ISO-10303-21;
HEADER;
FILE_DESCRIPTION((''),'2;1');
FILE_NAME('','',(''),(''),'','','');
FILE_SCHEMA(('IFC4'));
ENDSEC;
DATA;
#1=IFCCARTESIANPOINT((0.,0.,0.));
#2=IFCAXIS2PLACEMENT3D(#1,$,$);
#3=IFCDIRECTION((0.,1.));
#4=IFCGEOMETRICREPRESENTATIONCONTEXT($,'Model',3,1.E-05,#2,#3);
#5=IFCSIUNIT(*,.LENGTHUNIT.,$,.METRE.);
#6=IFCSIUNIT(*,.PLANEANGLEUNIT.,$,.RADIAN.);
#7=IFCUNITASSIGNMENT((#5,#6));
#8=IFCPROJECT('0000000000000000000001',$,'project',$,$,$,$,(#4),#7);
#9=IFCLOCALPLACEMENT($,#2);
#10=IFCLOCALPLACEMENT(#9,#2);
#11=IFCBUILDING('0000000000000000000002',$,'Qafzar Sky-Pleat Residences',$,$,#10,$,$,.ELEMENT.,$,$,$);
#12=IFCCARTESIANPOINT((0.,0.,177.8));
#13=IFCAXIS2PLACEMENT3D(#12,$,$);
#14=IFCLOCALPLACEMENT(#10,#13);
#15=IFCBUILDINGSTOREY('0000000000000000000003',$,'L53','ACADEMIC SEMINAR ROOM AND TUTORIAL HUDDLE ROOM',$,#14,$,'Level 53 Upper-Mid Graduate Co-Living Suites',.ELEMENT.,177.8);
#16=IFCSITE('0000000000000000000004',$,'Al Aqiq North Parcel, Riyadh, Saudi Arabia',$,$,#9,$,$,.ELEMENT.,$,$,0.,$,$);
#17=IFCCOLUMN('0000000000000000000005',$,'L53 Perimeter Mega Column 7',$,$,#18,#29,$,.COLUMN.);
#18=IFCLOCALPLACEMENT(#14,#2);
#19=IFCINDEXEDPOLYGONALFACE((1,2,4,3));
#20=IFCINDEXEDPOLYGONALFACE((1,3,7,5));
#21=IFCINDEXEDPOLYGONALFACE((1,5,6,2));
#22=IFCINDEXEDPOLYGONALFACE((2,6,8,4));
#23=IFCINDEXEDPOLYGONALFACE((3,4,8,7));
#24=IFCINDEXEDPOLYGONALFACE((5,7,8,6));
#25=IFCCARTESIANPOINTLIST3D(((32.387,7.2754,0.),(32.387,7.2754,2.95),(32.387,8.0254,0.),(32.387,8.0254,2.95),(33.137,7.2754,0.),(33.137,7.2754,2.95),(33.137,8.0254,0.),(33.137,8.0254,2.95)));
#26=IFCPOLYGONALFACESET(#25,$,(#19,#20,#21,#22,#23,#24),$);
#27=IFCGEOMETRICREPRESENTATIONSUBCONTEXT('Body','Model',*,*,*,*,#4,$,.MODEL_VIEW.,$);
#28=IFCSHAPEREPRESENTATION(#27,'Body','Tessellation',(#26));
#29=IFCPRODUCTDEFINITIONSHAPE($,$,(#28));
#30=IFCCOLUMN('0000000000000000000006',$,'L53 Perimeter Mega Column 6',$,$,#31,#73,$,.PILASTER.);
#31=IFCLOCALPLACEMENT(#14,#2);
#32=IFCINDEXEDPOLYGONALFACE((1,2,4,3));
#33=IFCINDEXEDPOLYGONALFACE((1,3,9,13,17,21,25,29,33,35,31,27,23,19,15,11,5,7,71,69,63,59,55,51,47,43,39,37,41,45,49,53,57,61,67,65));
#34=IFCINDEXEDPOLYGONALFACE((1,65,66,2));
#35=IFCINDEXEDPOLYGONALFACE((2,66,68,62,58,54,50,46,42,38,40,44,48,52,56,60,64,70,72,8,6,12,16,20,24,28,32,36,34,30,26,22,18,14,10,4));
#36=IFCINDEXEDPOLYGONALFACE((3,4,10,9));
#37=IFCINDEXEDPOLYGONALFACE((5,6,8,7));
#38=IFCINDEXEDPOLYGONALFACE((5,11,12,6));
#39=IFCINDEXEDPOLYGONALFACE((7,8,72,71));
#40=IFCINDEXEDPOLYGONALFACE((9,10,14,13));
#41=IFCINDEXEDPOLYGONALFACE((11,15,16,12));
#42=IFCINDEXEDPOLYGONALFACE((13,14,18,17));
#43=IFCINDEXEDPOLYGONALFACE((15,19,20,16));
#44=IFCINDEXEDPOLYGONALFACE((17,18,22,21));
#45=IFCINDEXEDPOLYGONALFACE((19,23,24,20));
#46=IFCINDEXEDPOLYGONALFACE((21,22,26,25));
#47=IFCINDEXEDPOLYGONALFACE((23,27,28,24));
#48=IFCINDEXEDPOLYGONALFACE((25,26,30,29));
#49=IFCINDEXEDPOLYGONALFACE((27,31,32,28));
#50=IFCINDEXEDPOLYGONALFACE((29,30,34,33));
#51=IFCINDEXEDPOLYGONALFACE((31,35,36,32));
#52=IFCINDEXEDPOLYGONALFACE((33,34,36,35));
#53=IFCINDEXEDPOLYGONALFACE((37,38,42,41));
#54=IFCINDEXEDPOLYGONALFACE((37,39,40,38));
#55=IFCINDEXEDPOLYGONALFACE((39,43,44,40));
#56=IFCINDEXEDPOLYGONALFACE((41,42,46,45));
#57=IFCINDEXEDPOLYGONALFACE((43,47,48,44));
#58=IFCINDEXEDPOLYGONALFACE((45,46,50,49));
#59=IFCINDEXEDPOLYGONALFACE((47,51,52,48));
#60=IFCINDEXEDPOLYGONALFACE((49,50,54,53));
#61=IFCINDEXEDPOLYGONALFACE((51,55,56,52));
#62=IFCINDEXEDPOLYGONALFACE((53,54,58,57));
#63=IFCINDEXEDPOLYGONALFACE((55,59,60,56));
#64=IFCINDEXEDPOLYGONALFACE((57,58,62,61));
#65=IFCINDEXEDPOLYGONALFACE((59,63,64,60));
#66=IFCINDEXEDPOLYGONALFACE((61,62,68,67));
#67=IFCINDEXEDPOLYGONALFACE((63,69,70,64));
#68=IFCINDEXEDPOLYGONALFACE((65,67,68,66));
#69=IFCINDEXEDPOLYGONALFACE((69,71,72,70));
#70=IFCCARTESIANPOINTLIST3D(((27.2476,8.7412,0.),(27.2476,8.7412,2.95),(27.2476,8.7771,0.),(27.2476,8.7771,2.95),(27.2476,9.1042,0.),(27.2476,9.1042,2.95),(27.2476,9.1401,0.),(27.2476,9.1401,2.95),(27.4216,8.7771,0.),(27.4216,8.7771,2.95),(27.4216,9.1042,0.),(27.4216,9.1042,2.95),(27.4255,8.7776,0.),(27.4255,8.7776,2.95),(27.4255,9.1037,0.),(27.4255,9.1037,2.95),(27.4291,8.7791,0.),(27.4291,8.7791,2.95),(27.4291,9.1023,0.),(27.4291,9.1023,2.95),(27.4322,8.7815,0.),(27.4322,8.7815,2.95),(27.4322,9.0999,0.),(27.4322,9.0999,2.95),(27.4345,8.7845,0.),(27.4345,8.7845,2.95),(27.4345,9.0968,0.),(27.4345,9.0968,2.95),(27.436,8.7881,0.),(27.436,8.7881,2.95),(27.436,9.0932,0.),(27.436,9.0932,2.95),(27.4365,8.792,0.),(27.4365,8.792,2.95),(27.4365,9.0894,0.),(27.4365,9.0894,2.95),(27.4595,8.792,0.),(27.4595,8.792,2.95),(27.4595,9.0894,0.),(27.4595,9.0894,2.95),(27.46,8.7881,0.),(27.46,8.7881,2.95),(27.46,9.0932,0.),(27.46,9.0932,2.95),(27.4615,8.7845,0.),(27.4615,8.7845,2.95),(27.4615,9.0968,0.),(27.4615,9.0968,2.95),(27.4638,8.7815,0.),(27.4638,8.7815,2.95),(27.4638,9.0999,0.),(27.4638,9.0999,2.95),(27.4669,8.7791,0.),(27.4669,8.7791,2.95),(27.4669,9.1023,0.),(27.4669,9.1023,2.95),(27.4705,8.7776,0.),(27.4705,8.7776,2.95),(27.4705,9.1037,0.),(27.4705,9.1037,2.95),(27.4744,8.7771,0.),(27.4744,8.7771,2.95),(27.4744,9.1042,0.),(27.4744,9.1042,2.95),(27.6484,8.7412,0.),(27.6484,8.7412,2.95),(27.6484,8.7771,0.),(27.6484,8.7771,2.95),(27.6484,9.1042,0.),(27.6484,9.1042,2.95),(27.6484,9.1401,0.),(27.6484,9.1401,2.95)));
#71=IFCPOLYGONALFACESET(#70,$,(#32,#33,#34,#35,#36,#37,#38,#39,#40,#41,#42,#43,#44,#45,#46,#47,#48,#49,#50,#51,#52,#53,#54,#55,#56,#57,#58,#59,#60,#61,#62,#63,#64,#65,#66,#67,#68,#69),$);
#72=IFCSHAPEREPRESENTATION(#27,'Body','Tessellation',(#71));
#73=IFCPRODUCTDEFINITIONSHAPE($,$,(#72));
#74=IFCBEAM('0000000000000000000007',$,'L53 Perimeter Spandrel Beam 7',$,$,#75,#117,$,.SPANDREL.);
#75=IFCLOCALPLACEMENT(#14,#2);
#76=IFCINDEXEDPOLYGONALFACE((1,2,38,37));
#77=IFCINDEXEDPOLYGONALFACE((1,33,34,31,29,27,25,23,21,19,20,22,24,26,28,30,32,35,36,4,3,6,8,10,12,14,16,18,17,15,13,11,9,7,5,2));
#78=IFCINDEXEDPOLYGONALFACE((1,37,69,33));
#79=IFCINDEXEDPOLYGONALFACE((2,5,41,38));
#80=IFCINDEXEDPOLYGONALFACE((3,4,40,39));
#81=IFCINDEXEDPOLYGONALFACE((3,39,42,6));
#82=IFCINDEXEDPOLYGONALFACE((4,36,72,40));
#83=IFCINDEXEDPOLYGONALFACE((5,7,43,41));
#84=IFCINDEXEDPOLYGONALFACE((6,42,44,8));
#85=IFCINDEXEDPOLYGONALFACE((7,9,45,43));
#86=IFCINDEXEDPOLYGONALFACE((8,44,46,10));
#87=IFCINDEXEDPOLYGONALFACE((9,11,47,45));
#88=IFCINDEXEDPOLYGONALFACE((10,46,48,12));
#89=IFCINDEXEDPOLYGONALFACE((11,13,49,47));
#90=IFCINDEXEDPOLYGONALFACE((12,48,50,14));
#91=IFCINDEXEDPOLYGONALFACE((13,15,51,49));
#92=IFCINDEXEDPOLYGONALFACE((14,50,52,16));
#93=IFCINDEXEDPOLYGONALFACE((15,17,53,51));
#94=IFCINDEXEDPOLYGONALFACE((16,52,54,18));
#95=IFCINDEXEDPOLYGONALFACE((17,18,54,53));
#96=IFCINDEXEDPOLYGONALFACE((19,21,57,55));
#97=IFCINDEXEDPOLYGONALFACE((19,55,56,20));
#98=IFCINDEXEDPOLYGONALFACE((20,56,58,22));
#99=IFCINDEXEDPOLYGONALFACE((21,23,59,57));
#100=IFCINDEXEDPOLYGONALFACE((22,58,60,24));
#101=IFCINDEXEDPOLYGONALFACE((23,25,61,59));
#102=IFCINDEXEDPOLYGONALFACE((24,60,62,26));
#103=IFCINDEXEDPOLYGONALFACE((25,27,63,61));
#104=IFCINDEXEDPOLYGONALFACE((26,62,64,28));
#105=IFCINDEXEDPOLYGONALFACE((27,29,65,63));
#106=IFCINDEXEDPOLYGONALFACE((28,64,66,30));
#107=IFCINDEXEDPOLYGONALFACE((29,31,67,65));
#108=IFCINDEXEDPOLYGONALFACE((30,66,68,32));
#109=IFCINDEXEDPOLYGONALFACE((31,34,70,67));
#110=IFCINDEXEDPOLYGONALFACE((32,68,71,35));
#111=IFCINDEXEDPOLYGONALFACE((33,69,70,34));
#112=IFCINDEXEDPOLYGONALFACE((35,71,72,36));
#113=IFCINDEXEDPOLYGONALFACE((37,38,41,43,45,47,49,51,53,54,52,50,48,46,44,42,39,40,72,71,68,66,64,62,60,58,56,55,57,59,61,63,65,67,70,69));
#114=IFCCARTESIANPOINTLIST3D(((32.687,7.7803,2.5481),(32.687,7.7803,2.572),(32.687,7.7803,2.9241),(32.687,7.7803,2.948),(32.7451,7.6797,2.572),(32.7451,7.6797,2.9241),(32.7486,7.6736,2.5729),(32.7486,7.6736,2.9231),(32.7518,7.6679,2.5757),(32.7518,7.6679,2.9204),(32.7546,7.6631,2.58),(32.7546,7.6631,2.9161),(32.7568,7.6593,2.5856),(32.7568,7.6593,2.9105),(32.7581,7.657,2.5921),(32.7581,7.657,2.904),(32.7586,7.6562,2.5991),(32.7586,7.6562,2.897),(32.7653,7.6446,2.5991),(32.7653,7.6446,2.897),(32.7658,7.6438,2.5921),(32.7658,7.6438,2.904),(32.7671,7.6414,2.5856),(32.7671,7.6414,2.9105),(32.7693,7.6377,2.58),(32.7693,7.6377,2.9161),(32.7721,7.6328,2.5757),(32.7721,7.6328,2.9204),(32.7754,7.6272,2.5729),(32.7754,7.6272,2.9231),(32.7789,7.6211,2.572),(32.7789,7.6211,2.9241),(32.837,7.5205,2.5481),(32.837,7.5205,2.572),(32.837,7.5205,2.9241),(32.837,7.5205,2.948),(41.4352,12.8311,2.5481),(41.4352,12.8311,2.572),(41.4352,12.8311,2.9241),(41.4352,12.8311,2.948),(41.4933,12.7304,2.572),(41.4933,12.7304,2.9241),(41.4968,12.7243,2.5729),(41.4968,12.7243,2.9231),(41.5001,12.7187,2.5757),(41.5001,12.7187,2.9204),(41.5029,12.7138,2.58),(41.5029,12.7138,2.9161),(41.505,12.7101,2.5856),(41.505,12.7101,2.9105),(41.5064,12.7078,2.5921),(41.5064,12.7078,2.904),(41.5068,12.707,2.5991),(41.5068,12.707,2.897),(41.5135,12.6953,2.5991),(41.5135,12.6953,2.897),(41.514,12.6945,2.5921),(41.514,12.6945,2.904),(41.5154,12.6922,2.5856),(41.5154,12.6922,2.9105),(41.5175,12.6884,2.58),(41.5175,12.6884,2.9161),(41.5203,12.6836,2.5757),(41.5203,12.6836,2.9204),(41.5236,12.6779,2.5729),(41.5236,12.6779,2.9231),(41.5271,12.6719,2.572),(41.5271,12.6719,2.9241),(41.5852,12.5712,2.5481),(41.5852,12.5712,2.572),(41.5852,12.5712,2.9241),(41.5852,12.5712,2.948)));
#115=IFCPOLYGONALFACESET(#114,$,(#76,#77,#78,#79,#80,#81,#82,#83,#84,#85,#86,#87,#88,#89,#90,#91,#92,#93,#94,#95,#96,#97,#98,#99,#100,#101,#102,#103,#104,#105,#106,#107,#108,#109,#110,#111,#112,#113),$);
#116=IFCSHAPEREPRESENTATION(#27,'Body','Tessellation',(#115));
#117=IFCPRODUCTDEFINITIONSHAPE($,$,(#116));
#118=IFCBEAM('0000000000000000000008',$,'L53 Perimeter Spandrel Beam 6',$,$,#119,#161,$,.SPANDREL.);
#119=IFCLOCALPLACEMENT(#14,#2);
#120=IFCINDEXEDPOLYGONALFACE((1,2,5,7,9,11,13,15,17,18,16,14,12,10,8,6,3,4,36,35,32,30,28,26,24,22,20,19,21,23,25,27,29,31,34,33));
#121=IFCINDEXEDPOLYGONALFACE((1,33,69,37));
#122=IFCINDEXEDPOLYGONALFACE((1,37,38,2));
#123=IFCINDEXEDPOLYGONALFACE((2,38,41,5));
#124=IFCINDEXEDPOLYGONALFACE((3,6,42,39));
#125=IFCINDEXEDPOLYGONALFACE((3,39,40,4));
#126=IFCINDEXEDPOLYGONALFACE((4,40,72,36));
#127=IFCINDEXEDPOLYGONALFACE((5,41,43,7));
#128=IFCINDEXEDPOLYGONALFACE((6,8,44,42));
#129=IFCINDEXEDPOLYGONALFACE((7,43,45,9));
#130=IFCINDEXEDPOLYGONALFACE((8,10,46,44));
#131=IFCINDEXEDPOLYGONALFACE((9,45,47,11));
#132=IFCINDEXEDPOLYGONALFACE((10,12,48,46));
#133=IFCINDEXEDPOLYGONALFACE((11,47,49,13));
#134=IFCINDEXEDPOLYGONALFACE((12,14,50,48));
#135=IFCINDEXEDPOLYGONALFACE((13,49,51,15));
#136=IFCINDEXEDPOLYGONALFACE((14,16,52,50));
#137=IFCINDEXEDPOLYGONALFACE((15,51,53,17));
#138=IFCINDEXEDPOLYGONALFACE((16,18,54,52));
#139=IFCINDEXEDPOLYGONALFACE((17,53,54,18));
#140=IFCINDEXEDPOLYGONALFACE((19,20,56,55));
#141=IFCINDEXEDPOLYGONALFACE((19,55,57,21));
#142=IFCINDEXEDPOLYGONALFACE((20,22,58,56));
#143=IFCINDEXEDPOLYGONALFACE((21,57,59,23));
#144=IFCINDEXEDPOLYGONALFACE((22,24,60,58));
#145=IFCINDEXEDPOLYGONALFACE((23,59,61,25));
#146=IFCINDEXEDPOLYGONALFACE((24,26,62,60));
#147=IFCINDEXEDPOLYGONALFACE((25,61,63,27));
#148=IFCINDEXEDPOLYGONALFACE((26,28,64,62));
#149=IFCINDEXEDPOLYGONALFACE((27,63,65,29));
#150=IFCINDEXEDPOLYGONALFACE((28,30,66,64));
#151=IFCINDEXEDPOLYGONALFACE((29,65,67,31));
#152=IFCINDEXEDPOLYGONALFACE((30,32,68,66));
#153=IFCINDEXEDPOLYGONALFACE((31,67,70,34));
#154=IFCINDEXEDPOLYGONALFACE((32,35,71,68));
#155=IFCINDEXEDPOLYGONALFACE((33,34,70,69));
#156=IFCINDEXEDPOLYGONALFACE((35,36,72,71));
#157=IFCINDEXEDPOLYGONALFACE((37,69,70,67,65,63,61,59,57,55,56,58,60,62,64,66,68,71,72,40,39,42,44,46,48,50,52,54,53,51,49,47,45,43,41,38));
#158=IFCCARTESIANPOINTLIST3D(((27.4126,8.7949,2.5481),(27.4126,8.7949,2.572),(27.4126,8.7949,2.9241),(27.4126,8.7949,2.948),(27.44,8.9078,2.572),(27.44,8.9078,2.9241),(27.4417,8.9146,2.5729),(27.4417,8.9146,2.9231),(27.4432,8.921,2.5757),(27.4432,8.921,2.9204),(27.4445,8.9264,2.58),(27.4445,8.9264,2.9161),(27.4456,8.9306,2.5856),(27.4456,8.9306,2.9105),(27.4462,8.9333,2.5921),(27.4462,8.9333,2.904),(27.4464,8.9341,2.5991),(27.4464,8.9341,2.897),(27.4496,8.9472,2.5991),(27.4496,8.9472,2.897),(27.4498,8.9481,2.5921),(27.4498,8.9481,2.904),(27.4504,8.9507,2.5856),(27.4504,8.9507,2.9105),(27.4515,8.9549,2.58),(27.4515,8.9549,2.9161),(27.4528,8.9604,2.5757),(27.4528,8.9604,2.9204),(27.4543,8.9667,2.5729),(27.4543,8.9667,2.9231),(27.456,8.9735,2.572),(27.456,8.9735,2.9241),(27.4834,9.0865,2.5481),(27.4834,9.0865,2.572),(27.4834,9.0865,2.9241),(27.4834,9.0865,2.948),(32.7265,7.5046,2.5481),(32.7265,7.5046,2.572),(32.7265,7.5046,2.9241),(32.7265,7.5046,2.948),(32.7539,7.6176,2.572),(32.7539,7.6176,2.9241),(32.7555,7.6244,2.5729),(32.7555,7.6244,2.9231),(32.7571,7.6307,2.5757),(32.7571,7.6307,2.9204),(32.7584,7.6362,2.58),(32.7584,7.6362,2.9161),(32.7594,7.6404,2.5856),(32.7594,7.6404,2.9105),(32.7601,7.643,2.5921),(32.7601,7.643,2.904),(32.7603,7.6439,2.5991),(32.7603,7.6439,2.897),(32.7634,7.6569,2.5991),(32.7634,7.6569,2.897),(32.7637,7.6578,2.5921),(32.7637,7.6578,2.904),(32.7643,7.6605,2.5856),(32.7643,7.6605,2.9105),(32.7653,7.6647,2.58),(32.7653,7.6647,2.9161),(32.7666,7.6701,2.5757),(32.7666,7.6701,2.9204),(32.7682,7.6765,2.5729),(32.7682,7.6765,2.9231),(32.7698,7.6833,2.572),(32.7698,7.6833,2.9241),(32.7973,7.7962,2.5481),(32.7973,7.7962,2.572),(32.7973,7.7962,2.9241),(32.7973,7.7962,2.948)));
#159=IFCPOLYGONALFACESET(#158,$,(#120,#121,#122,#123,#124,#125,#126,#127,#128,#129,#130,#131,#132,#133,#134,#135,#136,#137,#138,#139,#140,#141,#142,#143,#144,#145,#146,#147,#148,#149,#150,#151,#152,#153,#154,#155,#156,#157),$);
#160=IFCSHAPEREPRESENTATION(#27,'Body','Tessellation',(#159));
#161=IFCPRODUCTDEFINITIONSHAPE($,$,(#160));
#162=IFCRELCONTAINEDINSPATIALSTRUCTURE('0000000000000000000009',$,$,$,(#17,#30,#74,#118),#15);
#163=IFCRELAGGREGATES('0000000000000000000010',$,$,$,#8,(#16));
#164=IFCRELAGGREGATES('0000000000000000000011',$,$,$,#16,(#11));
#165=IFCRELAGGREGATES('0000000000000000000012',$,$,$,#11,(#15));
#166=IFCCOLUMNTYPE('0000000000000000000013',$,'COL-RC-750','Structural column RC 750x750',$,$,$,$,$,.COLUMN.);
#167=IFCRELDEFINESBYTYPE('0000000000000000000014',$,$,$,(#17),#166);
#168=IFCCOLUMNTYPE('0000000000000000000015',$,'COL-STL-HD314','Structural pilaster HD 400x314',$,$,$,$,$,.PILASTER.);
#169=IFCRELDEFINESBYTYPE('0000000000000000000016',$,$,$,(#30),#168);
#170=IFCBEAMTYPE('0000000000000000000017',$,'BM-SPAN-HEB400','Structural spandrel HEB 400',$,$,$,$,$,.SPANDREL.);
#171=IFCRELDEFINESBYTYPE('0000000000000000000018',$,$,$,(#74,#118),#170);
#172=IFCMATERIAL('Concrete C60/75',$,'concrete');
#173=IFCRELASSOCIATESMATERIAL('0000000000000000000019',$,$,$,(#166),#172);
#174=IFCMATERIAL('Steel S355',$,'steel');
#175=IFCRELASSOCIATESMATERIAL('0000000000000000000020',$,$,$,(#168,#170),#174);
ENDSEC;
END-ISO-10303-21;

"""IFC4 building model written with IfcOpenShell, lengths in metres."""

from ifc_helpers import new_model, si_unit, direction, frame, origin, origin_2d, place, context, subcontext, project, spatial, rectangle, i_section, extrude, source, transform, mapped, material, material_profile, profile_set, type_object, element, save


model = new_model("IFC4")

# Units and contexts
model_context = context("Model", 3, precision=1e-05, world=origin(), true_north=direction((0.0, 1.0)))
body_context = subcontext(model_context, "Body", "Model", "MODEL_VIEW")
ifc_project = project(units=[si_unit("LENGTHUNIT", "METRE"), si_unit("PLANEANGLEUNIT", "RADIAN")], contexts=[model_context])

# Site, building, storey
site_placement = place(None, origin())
site = spatial("IfcSite", under=ifc_project, at=site_placement, Name="Al Aqiq North Parcel, Riyadh, Saudi Arabia", CompositionType="ELEMENT", RefElevation=0.0)
building_placement = place(site_placement, origin())
building = spatial("IfcBuilding", under=site, at=building_placement, Name="Qafzar Sky-Pleat Residences", CompositionType="ELEMENT")
storey_placement = place(building_placement, frame((0.0, 0.0, 177.8)))
storey = spatial("IfcBuildingStorey", under=building, at=storey_placement, Name="L53", Description="ACADEMIC SEMINAR ROOM AND TUTORIAL HUDDLE ROOM", LongName="Level 53 Upper-Mid Graduate Co-Living Suites", CompositionType="ELEMENT", Elevation=177.8)

# Columns
ifc_material_1 = material(Name="Concrete C60/75", Category="concrete")
ifc_material_profile_1 = material_profile(ifc_material_1, rectangle(XDim=0.75, YDim=0.75, at=origin_2d()), Name="RC 750x750")
ifc_profile_set_1 = profile_set([ifc_material_profile_1], Name="Concrete C60/75")
column_type_1 = type_object("IfcColumnType", Name="COL-RC-750", Description="Structural column RC 750x750", PredefinedType="COLUMN", material=ifc_profile_set_1)
shared_shape_1 = source(origin(), body_context, "Body", "SweptSolid", [
    extrude(rectangle(XDim=0.75, YDim=0.75, at=origin_2d()), origin(), (0.0, 0.0, 1.0), 2.95),
])
column_1_placement = place(storey_placement, frame((32.762, 7.6504, 0.0), z_axis=(0.0, 0.0, 1.0), x_axis=(1.0, 0.0, 0.0)))
element("IfcColumn", 1, at=column_1_placement, inside=storey, type_object=column_type_1, Name="L53 Perimeter Mega Column 7", PredefinedType="COLUMN", context=body_context, shape_type="MappedRepresentation", body=[
    mapped(shared_shape_1, transform((0.0, 0.0, 0.0), x_axis=(1.0, 0.0, 0.0), y_axis=(0.0, 1.0, 0.0), z_axis=(0.0, 0.0, 1.0), scale=1.0)),
])
ifc_material_2 = material(Name="Steel S355", Category="steel")
ifc_material_profile_2 = material_profile(ifc_material_2, i_section(OverallWidth=0.4009, OverallDepth=0.3989, WebThickness=0.0229, FlangeThickness=0.0359, FilletRadius=0.0149, at=origin_2d()), Name="HD 400x314")
ifc_profile_set_2 = profile_set([ifc_material_profile_2], Name="Steel S355")
column_type_2 = type_object("IfcColumnType", Name="COL-STL-HD314", Description="Structural pilaster HD 400x314", PredefinedType="PILASTER", material=ifc_profile_set_2)
shared_shape_2 = source(origin(), body_context, "Body", "SweptSolid", [
    extrude(i_section(OverallWidth=0.4009, OverallDepth=0.3989, WebThickness=0.0229, FlangeThickness=0.0359, FilletRadius=0.0149, at=origin_2d()), origin(), (0.0, 0.0, 1.0), 2.95),
])
column_2_placement = place(storey_placement, frame((27.448, 8.9407, 0.0), z_axis=(0.0, 0.0, 1.0), x_axis=(1.0, 0.0, 0.0)))
element("IfcColumn", 2, at=column_2_placement, inside=storey, type_object=column_type_2, Name="L53 Perimeter Mega Column 6", PredefinedType="PILASTER", context=body_context, shape_type="MappedRepresentation", body=[
    mapped(shared_shape_2, transform((0.0, 0.0, 0.0), x_axis=(1.0, 0.0, 0.0), y_axis=(0.0, 1.0, 0.0), z_axis=(0.0, 0.0, 1.0), scale=1.0)),
])

# Beams
ifc_material_profile_3 = material_profile(ifc_material_2, i_section(OverallWidth=0.3, OverallDepth=0.3999, WebThickness=0.0134, FlangeThickness=0.0239, FilletRadius=0.0271, at=origin_2d()), Name="HEB 400")
ifc_profile_set_3 = profile_set([ifc_material_profile_3], Name="Steel S355")
beam_type_1 = type_object("IfcBeamType", Name="BM-SPAN-HEB400", Description="Structural spandrel HEB 400", PredefinedType="SPANDREL", material=ifc_profile_set_3)
shared_shape_3 = source(origin(), body_context, "Body", "SweptSolid", [
    extrude(i_section(OverallWidth=0.3, OverallDepth=0.3999, WebThickness=0.0134, FlangeThickness=0.0239, FilletRadius=0.0271, at=origin_2d()), origin(), (0.0, 0.0, 1.0), 10.1016),
])
beam_1_placement = place(storey_placement, frame((32.762, 7.6504, 2.748), z_axis=(0.866027, 0.499997, 0.0), x_axis=(-0.499997, 0.866027, 0.0)))
element("IfcBeam", 3, at=beam_1_placement, inside=storey, type_object=beam_type_1, Name="L53 Perimeter Spandrel Beam 7", PredefinedType="SPANDREL", context=body_context, shape_type="MappedRepresentation", body=[
    mapped(shared_shape_3, transform((0.0, 0.0, 0.0), x_axis=(1.0, 0.0, 0.0), y_axis=(0.0, 1.0, 0.0), z_axis=(0.0, 0.0, 1.0), scale=1.0)),
])
shared_shape_4 = source(origin(), body_context, "Body", "SweptSolid", [
    extrude(i_section(OverallWidth=0.3, OverallDepth=0.3999, WebThickness=0.0134, FlangeThickness=0.0239, FilletRadius=0.0271, at=origin_2d()), origin(), (0.0, 0.0, 1.0), 5.4683),
])
beam_2_placement = place(storey_placement, frame((27.448, 8.9407, 2.748), z_axis=(0.971764, -0.235954, 0.0), x_axis=(0.235954, 0.971764, 0.0)))
element("IfcBeam", 4, at=beam_2_placement, inside=storey, type_object=beam_type_1, Name="L53 Perimeter Spandrel Beam 6", PredefinedType="SPANDREL", context=body_context, shape_type="MappedRepresentation", body=[
    mapped(shared_shape_4, transform((0.0, 0.0, 0.0), x_axis=(1.0, 0.0, 0.0), y_axis=(0.0, 1.0, 0.0), z_axis=(0.0, 0.0, 1.0), scale=1.0)),
])

save(model, "model.ifc")
